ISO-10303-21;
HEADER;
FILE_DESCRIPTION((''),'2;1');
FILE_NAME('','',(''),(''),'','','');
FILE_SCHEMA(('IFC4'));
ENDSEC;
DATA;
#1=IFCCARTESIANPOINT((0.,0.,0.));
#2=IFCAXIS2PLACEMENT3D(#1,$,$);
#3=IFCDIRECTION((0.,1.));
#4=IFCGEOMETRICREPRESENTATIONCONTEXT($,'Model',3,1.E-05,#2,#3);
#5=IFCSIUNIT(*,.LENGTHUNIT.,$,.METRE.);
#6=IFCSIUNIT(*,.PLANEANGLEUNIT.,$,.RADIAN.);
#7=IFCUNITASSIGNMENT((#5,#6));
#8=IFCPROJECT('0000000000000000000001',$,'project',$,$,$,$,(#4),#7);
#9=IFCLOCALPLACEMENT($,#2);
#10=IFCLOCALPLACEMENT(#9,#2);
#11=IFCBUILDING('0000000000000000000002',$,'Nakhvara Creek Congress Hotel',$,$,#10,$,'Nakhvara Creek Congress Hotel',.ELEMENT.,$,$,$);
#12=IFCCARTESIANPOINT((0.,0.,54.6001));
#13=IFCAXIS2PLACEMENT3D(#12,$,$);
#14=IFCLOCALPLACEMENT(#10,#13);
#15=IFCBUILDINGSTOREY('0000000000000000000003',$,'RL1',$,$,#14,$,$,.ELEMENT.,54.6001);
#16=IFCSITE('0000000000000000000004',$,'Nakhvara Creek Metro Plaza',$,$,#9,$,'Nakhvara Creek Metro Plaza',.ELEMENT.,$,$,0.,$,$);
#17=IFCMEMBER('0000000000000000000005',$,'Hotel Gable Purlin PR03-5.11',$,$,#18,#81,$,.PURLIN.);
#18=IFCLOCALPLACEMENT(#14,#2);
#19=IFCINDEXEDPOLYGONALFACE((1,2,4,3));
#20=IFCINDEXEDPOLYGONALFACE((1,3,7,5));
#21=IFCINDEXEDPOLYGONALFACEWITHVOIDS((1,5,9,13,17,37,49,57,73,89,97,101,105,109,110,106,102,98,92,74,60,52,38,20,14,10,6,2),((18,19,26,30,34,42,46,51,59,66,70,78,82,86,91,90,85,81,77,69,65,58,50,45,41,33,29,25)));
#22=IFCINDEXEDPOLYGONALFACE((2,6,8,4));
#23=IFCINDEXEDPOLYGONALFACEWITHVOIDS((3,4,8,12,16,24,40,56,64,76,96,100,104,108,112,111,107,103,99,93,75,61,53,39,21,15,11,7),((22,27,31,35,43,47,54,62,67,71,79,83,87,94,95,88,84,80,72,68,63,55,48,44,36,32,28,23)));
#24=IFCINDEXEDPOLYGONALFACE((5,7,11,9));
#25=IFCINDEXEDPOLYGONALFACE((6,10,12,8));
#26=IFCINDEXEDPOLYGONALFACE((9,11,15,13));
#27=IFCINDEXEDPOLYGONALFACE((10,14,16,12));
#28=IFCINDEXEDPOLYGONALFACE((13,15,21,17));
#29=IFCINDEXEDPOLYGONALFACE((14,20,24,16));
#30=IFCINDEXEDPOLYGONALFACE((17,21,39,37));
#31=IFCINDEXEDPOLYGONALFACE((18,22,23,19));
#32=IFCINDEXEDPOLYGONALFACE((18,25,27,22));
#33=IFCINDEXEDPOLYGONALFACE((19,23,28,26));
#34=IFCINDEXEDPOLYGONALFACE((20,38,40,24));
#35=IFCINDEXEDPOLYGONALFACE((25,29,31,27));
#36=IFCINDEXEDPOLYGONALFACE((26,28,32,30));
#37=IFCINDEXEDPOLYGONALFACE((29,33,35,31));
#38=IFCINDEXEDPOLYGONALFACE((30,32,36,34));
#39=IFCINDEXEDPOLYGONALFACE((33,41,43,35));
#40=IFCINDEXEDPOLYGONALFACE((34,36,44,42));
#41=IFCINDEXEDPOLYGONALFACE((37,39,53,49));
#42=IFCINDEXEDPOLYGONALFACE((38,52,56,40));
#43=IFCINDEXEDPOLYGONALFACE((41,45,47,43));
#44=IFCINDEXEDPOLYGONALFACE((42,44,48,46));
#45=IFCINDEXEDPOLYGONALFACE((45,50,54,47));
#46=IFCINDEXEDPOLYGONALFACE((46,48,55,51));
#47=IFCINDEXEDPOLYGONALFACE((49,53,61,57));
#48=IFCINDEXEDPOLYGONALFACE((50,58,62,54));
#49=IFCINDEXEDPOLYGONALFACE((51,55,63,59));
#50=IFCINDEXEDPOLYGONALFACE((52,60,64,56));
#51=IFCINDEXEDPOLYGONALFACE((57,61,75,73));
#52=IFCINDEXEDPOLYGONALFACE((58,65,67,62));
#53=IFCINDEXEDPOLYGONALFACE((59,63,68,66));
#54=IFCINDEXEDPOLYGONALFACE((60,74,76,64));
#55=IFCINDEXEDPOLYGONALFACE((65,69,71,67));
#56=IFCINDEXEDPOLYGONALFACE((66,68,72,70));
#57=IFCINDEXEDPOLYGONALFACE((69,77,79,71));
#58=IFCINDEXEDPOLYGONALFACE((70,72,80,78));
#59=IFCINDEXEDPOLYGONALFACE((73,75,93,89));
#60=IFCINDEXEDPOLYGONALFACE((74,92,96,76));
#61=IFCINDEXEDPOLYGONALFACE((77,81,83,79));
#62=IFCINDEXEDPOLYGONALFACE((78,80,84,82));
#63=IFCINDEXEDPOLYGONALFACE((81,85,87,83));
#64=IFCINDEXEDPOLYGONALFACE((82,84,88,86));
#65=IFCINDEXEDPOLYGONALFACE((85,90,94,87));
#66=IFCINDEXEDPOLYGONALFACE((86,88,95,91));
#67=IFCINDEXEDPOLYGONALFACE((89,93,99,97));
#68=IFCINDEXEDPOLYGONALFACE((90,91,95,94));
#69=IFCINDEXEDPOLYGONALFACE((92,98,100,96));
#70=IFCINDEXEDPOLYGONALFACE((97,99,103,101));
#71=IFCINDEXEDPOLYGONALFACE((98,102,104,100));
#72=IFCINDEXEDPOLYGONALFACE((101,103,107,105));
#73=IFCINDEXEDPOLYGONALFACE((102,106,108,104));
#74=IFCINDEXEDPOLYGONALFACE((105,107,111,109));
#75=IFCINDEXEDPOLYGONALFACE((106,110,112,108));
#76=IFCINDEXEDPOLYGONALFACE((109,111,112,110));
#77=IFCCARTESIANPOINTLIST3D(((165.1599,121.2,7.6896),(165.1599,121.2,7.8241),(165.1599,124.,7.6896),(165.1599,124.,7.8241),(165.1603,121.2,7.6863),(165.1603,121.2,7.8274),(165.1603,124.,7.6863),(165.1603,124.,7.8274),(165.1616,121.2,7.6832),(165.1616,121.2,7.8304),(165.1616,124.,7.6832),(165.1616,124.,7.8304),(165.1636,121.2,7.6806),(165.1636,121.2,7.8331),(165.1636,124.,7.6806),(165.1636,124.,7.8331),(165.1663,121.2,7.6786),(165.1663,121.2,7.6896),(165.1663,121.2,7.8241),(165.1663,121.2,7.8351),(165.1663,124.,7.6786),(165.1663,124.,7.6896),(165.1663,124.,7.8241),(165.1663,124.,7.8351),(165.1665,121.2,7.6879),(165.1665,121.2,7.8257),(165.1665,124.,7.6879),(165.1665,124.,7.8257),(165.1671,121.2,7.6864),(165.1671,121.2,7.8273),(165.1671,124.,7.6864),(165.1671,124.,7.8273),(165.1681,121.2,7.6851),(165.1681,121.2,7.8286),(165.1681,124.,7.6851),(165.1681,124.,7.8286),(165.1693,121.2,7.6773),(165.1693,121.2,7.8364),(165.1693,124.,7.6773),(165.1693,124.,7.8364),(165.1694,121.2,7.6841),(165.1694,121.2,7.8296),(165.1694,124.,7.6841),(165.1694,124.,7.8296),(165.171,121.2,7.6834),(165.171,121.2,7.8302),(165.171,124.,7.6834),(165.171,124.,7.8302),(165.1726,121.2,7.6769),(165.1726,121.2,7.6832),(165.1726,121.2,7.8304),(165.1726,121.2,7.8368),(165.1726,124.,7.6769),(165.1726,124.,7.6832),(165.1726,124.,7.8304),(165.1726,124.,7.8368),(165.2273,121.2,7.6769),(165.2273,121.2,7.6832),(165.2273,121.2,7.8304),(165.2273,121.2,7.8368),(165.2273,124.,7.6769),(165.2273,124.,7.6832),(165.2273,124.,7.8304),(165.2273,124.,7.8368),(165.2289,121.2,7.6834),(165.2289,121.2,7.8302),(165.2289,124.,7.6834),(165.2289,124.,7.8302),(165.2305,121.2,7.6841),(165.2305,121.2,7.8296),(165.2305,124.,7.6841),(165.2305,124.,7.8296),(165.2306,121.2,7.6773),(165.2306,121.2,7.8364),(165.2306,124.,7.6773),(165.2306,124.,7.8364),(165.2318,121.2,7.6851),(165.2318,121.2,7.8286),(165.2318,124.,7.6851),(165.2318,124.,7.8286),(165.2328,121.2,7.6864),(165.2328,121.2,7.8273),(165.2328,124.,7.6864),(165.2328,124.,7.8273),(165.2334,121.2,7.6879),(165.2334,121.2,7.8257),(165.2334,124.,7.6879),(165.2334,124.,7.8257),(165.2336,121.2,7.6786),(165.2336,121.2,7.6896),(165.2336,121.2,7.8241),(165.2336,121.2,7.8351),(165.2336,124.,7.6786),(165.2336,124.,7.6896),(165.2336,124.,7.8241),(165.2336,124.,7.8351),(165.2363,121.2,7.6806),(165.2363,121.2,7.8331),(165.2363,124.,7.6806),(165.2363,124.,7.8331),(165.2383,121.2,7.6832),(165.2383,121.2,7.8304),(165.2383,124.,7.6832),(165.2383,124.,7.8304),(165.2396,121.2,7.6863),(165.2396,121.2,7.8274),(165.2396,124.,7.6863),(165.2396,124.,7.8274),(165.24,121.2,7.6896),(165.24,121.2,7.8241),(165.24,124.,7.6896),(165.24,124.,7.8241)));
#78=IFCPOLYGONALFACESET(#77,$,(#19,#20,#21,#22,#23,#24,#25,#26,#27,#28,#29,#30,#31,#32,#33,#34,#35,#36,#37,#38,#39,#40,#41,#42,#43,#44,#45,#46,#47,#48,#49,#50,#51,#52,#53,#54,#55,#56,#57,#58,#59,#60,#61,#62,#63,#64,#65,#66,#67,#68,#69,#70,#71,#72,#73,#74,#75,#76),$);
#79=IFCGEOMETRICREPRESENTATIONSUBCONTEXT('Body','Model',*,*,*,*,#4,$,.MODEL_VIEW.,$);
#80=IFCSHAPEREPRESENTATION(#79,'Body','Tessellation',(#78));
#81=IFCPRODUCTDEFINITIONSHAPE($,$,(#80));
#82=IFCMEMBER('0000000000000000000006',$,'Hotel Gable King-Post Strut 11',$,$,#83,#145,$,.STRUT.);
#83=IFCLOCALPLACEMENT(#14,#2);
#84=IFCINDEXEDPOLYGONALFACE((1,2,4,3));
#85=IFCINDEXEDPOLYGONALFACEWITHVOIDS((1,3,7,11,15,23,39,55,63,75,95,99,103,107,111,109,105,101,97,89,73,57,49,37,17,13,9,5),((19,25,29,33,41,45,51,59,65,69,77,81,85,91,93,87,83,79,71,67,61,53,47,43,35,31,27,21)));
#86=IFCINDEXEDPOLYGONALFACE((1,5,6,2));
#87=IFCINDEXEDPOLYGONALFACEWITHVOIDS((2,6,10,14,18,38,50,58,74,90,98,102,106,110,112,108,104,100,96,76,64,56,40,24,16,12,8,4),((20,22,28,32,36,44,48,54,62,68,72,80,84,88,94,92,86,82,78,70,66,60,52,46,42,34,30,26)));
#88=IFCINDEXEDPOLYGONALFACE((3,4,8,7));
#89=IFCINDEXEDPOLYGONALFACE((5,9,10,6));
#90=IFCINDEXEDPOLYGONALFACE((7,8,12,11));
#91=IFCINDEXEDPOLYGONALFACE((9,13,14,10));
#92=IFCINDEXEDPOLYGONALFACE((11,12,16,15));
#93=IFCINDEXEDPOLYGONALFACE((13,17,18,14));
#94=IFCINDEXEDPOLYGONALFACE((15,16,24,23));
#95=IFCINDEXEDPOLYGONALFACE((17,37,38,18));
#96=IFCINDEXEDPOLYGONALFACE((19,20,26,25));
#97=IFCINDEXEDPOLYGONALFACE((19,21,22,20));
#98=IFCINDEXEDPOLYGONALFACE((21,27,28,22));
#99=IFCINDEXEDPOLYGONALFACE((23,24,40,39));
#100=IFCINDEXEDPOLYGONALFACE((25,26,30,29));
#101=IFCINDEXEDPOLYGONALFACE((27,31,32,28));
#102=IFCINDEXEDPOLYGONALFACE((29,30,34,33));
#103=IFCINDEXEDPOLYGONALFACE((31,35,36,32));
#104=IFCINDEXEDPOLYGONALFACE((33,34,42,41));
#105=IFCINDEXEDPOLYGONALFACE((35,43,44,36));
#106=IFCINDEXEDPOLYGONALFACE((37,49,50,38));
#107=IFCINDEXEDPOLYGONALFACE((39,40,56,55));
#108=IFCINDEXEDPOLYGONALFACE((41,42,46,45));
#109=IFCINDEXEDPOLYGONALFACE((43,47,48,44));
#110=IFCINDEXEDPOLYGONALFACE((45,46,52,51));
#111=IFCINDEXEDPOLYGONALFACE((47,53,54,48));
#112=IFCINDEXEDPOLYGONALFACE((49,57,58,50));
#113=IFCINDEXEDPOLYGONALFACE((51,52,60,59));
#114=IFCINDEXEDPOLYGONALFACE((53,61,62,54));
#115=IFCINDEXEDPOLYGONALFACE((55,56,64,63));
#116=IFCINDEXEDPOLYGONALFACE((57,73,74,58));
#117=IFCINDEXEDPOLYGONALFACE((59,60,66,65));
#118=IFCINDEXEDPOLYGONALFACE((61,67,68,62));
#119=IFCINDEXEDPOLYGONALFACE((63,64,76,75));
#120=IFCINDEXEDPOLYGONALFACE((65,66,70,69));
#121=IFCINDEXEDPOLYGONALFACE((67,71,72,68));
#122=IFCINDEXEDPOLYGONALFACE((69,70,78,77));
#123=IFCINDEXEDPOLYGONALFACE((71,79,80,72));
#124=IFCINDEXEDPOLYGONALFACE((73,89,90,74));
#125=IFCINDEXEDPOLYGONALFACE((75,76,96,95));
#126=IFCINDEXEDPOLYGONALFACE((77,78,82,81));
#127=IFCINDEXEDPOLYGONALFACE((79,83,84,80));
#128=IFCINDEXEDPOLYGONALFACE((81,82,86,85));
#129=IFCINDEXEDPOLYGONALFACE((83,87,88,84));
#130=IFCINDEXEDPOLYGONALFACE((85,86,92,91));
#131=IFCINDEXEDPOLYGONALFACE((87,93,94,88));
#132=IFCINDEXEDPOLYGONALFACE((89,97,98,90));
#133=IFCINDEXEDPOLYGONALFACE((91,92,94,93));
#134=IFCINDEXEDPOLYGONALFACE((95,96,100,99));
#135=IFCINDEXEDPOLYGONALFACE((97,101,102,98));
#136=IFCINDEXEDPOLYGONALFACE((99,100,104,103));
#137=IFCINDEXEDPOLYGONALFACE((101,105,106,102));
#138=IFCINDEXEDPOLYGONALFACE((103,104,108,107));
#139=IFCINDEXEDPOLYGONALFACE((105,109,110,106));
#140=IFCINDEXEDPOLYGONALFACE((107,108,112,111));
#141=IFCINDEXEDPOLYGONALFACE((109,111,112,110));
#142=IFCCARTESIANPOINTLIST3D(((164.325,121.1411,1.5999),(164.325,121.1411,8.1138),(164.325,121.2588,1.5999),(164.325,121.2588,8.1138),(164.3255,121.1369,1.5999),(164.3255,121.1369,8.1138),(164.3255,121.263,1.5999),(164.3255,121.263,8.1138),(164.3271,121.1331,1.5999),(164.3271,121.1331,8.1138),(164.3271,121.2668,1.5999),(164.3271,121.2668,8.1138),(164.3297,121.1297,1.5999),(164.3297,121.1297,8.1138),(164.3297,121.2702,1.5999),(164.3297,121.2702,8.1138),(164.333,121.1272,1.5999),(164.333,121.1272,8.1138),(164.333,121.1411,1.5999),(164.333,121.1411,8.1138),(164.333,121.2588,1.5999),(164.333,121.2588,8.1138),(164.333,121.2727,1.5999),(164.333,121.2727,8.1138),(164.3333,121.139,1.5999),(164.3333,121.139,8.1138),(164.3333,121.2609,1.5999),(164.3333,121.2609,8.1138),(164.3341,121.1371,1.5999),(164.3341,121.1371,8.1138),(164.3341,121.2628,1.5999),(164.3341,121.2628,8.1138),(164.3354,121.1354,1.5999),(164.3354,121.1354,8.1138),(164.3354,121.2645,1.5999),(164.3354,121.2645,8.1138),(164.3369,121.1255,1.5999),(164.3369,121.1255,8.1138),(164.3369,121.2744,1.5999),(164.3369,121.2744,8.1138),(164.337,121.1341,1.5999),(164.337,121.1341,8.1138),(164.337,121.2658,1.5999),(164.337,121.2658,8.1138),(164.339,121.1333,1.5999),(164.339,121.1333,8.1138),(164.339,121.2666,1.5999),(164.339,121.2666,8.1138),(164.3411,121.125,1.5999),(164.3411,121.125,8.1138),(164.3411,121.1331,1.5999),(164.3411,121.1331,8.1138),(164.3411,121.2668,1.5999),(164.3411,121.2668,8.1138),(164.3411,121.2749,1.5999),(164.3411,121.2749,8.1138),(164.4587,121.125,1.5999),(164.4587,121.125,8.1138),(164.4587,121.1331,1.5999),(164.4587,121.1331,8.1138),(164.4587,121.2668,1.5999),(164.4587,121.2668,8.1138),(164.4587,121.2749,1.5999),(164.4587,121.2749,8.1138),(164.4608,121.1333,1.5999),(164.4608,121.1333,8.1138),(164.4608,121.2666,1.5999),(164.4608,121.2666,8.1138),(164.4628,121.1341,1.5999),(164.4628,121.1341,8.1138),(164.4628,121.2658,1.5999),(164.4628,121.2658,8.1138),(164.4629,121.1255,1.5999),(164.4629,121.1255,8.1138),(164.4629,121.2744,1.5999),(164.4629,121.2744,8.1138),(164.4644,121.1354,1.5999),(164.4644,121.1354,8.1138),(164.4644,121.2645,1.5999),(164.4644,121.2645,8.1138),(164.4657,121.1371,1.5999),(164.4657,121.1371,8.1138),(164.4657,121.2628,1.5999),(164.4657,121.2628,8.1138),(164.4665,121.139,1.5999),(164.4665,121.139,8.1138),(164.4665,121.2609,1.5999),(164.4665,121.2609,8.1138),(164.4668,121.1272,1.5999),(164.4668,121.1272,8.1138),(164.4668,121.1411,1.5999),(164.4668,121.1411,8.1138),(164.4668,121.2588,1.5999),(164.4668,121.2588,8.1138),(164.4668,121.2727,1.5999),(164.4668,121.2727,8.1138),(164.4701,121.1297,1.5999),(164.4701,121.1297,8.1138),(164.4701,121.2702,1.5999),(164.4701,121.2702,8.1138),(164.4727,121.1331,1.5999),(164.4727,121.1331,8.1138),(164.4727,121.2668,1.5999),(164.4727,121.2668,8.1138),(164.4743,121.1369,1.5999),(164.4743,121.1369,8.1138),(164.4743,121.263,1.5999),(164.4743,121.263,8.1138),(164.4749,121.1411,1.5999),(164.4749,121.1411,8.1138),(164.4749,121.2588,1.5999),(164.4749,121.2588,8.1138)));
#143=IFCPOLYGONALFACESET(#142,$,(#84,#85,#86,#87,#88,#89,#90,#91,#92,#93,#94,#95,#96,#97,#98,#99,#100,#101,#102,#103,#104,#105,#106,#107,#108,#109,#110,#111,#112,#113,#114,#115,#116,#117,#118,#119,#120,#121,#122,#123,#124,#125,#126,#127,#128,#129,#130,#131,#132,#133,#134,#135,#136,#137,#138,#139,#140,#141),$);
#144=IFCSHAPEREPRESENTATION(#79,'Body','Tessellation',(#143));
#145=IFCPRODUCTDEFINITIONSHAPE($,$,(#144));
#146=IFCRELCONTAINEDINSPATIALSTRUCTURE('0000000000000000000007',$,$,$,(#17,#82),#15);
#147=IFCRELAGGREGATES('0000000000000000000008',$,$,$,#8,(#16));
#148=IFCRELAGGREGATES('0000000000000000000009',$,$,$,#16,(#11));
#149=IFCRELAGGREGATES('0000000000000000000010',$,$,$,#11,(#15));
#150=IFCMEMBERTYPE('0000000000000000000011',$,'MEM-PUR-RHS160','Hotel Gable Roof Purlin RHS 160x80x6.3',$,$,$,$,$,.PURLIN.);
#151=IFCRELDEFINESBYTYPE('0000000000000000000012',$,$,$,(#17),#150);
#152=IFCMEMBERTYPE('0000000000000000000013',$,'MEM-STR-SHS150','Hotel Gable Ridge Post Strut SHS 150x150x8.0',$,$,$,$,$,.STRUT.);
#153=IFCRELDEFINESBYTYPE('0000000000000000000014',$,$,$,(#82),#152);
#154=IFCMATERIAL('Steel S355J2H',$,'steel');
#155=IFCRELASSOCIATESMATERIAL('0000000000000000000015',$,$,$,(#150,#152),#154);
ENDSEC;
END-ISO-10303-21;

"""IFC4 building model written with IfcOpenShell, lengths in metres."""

from ifc_helpers import new_model, si_unit, direction, frame, origin, origin_2d, place, context, subcontext, project, spatial, hollow_rectangle, extrude, material, material_profile, profile_set, type_object, element, save


model = new_model("IFC4")

# Units and contexts
model_context = context("Model", 3, precision=1e-05, world=origin(), true_north=direction((0.0, 1.0)))
body_context = subcontext(model_context, "Body", "Model", "MODEL_VIEW")
ifc_project = project(units=[si_unit("LENGTHUNIT", "METRE"), si_unit("PLANEANGLEUNIT", "RADIAN")], contexts=[model_context])

# Site, building, storey
site_placement = place(None, origin())
site = spatial("IfcSite", under=ifc_project, at=site_placement, Name="Nakhvara Creek Metro Plaza", LongName="Nakhvara Creek Metro Plaza", CompositionType="ELEMENT", RefElevation=0.0)
building_placement = place(site_placement, origin())
building = spatial("IfcBuilding", under=site, at=building_placement, Name="Nakhvara Creek Congress Hotel", LongName="Nakhvara Creek Congress Hotel", CompositionType="ELEMENT")
storey_placement = place(building_placement, frame((0.0, 0.0, 54.6001)))
storey = spatial("IfcBuildingStorey", under=building, at=storey_placement, Name="RL1", CompositionType="ELEMENT", Elevation=54.6001)

# Members
ifc_material_1 = material(Name="Steel S355J2H", Category="steel")
ifc_material_profile_1 = material_profile(ifc_material_1, hollow_rectangle(XDim=0.0801, YDim=0.1599, WallThickness=0.0063, InnerFilletRadius=0.0063, OuterFilletRadius=0.0127, at=origin_2d()), Name="RHS 160x80x6.3", Category="LoadBearing")
ifc_profile_set_1 = profile_set([ifc_material_profile_1], Name="Steel S355J2H")
member_type_1 = type_object("IfcMemberType", Name="MEM-PUR-RHS160", Description="Hotel Gable Roof Purlin RHS 160x80x6.3", PredefinedType="PURLIN", material=ifc_profile_set_1)
member_placement = place(storey_placement, frame((165.2, 121.2, 7.7568), z_axis=(0.0, 1.0, 0.0), x_axis=(-1.0, 0.0, 0.0)))
element("IfcMember", 1, at=member_placement, inside=storey, type_object=member_type_1, Name="Hotel Gable Purlin PR03-5.11", PredefinedType="PURLIN", context=body_context, shape_type="SweptSolid", body=[
    extrude(hollow_rectangle(XDim=0.0801, YDim=0.1599, WallThickness=0.0063, InnerFilletRadius=0.0063, OuterFilletRadius=0.0127, at=origin_2d()), origin(), (0.0, 0.0, 1.0), 2.8),
])
ifc_material_profile_2 = material_profile(ifc_material_1, hollow_rectangle(XDim=0.1499, YDim=0.1499, WallThickness=0.0081, InnerFilletRadius=0.0081, OuterFilletRadius=0.0161, at=origin_2d()), Name="SHS 150x150x8.0", Category="LoadBearing")
ifc_profile_set_2 = profile_set([ifc_material_profile_2], Name="Steel S355J2H")
member_type_2 = type_object("IfcMemberType", Name="MEM-STR-SHS150", Description="Hotel Gable Ridge Post Strut SHS 150x150x8.0", PredefinedType="STRUT", material=ifc_profile_set_2)
for number, where, z_axis, x_axis, name in (
    (2, (164.3999, 121.2, 1.5999), (0.0, 0.0, 1.0), (1.0, 0.0, 0.0), "Hotel Gable King-Post Strut 11"),
):
    element("IfcMember", number, at=place(storey_placement, frame(where, z_axis=z_axis, x_axis=x_axis)), inside=storey, type_object=member_type_2, Name=name, PredefinedType="STRUT", context=body_context, shape_type="SweptSolid", body=[
        extrude(hollow_rectangle(XDim=0.1499, YDim=0.1499, WallThickness=0.0081, InnerFilletRadius=0.0081, OuterFilletRadius=0.0161, at=origin_2d()), origin(), (0.0, 0.0, 1.0), 6.5139),
    ])

save(model, "model.ifc")
